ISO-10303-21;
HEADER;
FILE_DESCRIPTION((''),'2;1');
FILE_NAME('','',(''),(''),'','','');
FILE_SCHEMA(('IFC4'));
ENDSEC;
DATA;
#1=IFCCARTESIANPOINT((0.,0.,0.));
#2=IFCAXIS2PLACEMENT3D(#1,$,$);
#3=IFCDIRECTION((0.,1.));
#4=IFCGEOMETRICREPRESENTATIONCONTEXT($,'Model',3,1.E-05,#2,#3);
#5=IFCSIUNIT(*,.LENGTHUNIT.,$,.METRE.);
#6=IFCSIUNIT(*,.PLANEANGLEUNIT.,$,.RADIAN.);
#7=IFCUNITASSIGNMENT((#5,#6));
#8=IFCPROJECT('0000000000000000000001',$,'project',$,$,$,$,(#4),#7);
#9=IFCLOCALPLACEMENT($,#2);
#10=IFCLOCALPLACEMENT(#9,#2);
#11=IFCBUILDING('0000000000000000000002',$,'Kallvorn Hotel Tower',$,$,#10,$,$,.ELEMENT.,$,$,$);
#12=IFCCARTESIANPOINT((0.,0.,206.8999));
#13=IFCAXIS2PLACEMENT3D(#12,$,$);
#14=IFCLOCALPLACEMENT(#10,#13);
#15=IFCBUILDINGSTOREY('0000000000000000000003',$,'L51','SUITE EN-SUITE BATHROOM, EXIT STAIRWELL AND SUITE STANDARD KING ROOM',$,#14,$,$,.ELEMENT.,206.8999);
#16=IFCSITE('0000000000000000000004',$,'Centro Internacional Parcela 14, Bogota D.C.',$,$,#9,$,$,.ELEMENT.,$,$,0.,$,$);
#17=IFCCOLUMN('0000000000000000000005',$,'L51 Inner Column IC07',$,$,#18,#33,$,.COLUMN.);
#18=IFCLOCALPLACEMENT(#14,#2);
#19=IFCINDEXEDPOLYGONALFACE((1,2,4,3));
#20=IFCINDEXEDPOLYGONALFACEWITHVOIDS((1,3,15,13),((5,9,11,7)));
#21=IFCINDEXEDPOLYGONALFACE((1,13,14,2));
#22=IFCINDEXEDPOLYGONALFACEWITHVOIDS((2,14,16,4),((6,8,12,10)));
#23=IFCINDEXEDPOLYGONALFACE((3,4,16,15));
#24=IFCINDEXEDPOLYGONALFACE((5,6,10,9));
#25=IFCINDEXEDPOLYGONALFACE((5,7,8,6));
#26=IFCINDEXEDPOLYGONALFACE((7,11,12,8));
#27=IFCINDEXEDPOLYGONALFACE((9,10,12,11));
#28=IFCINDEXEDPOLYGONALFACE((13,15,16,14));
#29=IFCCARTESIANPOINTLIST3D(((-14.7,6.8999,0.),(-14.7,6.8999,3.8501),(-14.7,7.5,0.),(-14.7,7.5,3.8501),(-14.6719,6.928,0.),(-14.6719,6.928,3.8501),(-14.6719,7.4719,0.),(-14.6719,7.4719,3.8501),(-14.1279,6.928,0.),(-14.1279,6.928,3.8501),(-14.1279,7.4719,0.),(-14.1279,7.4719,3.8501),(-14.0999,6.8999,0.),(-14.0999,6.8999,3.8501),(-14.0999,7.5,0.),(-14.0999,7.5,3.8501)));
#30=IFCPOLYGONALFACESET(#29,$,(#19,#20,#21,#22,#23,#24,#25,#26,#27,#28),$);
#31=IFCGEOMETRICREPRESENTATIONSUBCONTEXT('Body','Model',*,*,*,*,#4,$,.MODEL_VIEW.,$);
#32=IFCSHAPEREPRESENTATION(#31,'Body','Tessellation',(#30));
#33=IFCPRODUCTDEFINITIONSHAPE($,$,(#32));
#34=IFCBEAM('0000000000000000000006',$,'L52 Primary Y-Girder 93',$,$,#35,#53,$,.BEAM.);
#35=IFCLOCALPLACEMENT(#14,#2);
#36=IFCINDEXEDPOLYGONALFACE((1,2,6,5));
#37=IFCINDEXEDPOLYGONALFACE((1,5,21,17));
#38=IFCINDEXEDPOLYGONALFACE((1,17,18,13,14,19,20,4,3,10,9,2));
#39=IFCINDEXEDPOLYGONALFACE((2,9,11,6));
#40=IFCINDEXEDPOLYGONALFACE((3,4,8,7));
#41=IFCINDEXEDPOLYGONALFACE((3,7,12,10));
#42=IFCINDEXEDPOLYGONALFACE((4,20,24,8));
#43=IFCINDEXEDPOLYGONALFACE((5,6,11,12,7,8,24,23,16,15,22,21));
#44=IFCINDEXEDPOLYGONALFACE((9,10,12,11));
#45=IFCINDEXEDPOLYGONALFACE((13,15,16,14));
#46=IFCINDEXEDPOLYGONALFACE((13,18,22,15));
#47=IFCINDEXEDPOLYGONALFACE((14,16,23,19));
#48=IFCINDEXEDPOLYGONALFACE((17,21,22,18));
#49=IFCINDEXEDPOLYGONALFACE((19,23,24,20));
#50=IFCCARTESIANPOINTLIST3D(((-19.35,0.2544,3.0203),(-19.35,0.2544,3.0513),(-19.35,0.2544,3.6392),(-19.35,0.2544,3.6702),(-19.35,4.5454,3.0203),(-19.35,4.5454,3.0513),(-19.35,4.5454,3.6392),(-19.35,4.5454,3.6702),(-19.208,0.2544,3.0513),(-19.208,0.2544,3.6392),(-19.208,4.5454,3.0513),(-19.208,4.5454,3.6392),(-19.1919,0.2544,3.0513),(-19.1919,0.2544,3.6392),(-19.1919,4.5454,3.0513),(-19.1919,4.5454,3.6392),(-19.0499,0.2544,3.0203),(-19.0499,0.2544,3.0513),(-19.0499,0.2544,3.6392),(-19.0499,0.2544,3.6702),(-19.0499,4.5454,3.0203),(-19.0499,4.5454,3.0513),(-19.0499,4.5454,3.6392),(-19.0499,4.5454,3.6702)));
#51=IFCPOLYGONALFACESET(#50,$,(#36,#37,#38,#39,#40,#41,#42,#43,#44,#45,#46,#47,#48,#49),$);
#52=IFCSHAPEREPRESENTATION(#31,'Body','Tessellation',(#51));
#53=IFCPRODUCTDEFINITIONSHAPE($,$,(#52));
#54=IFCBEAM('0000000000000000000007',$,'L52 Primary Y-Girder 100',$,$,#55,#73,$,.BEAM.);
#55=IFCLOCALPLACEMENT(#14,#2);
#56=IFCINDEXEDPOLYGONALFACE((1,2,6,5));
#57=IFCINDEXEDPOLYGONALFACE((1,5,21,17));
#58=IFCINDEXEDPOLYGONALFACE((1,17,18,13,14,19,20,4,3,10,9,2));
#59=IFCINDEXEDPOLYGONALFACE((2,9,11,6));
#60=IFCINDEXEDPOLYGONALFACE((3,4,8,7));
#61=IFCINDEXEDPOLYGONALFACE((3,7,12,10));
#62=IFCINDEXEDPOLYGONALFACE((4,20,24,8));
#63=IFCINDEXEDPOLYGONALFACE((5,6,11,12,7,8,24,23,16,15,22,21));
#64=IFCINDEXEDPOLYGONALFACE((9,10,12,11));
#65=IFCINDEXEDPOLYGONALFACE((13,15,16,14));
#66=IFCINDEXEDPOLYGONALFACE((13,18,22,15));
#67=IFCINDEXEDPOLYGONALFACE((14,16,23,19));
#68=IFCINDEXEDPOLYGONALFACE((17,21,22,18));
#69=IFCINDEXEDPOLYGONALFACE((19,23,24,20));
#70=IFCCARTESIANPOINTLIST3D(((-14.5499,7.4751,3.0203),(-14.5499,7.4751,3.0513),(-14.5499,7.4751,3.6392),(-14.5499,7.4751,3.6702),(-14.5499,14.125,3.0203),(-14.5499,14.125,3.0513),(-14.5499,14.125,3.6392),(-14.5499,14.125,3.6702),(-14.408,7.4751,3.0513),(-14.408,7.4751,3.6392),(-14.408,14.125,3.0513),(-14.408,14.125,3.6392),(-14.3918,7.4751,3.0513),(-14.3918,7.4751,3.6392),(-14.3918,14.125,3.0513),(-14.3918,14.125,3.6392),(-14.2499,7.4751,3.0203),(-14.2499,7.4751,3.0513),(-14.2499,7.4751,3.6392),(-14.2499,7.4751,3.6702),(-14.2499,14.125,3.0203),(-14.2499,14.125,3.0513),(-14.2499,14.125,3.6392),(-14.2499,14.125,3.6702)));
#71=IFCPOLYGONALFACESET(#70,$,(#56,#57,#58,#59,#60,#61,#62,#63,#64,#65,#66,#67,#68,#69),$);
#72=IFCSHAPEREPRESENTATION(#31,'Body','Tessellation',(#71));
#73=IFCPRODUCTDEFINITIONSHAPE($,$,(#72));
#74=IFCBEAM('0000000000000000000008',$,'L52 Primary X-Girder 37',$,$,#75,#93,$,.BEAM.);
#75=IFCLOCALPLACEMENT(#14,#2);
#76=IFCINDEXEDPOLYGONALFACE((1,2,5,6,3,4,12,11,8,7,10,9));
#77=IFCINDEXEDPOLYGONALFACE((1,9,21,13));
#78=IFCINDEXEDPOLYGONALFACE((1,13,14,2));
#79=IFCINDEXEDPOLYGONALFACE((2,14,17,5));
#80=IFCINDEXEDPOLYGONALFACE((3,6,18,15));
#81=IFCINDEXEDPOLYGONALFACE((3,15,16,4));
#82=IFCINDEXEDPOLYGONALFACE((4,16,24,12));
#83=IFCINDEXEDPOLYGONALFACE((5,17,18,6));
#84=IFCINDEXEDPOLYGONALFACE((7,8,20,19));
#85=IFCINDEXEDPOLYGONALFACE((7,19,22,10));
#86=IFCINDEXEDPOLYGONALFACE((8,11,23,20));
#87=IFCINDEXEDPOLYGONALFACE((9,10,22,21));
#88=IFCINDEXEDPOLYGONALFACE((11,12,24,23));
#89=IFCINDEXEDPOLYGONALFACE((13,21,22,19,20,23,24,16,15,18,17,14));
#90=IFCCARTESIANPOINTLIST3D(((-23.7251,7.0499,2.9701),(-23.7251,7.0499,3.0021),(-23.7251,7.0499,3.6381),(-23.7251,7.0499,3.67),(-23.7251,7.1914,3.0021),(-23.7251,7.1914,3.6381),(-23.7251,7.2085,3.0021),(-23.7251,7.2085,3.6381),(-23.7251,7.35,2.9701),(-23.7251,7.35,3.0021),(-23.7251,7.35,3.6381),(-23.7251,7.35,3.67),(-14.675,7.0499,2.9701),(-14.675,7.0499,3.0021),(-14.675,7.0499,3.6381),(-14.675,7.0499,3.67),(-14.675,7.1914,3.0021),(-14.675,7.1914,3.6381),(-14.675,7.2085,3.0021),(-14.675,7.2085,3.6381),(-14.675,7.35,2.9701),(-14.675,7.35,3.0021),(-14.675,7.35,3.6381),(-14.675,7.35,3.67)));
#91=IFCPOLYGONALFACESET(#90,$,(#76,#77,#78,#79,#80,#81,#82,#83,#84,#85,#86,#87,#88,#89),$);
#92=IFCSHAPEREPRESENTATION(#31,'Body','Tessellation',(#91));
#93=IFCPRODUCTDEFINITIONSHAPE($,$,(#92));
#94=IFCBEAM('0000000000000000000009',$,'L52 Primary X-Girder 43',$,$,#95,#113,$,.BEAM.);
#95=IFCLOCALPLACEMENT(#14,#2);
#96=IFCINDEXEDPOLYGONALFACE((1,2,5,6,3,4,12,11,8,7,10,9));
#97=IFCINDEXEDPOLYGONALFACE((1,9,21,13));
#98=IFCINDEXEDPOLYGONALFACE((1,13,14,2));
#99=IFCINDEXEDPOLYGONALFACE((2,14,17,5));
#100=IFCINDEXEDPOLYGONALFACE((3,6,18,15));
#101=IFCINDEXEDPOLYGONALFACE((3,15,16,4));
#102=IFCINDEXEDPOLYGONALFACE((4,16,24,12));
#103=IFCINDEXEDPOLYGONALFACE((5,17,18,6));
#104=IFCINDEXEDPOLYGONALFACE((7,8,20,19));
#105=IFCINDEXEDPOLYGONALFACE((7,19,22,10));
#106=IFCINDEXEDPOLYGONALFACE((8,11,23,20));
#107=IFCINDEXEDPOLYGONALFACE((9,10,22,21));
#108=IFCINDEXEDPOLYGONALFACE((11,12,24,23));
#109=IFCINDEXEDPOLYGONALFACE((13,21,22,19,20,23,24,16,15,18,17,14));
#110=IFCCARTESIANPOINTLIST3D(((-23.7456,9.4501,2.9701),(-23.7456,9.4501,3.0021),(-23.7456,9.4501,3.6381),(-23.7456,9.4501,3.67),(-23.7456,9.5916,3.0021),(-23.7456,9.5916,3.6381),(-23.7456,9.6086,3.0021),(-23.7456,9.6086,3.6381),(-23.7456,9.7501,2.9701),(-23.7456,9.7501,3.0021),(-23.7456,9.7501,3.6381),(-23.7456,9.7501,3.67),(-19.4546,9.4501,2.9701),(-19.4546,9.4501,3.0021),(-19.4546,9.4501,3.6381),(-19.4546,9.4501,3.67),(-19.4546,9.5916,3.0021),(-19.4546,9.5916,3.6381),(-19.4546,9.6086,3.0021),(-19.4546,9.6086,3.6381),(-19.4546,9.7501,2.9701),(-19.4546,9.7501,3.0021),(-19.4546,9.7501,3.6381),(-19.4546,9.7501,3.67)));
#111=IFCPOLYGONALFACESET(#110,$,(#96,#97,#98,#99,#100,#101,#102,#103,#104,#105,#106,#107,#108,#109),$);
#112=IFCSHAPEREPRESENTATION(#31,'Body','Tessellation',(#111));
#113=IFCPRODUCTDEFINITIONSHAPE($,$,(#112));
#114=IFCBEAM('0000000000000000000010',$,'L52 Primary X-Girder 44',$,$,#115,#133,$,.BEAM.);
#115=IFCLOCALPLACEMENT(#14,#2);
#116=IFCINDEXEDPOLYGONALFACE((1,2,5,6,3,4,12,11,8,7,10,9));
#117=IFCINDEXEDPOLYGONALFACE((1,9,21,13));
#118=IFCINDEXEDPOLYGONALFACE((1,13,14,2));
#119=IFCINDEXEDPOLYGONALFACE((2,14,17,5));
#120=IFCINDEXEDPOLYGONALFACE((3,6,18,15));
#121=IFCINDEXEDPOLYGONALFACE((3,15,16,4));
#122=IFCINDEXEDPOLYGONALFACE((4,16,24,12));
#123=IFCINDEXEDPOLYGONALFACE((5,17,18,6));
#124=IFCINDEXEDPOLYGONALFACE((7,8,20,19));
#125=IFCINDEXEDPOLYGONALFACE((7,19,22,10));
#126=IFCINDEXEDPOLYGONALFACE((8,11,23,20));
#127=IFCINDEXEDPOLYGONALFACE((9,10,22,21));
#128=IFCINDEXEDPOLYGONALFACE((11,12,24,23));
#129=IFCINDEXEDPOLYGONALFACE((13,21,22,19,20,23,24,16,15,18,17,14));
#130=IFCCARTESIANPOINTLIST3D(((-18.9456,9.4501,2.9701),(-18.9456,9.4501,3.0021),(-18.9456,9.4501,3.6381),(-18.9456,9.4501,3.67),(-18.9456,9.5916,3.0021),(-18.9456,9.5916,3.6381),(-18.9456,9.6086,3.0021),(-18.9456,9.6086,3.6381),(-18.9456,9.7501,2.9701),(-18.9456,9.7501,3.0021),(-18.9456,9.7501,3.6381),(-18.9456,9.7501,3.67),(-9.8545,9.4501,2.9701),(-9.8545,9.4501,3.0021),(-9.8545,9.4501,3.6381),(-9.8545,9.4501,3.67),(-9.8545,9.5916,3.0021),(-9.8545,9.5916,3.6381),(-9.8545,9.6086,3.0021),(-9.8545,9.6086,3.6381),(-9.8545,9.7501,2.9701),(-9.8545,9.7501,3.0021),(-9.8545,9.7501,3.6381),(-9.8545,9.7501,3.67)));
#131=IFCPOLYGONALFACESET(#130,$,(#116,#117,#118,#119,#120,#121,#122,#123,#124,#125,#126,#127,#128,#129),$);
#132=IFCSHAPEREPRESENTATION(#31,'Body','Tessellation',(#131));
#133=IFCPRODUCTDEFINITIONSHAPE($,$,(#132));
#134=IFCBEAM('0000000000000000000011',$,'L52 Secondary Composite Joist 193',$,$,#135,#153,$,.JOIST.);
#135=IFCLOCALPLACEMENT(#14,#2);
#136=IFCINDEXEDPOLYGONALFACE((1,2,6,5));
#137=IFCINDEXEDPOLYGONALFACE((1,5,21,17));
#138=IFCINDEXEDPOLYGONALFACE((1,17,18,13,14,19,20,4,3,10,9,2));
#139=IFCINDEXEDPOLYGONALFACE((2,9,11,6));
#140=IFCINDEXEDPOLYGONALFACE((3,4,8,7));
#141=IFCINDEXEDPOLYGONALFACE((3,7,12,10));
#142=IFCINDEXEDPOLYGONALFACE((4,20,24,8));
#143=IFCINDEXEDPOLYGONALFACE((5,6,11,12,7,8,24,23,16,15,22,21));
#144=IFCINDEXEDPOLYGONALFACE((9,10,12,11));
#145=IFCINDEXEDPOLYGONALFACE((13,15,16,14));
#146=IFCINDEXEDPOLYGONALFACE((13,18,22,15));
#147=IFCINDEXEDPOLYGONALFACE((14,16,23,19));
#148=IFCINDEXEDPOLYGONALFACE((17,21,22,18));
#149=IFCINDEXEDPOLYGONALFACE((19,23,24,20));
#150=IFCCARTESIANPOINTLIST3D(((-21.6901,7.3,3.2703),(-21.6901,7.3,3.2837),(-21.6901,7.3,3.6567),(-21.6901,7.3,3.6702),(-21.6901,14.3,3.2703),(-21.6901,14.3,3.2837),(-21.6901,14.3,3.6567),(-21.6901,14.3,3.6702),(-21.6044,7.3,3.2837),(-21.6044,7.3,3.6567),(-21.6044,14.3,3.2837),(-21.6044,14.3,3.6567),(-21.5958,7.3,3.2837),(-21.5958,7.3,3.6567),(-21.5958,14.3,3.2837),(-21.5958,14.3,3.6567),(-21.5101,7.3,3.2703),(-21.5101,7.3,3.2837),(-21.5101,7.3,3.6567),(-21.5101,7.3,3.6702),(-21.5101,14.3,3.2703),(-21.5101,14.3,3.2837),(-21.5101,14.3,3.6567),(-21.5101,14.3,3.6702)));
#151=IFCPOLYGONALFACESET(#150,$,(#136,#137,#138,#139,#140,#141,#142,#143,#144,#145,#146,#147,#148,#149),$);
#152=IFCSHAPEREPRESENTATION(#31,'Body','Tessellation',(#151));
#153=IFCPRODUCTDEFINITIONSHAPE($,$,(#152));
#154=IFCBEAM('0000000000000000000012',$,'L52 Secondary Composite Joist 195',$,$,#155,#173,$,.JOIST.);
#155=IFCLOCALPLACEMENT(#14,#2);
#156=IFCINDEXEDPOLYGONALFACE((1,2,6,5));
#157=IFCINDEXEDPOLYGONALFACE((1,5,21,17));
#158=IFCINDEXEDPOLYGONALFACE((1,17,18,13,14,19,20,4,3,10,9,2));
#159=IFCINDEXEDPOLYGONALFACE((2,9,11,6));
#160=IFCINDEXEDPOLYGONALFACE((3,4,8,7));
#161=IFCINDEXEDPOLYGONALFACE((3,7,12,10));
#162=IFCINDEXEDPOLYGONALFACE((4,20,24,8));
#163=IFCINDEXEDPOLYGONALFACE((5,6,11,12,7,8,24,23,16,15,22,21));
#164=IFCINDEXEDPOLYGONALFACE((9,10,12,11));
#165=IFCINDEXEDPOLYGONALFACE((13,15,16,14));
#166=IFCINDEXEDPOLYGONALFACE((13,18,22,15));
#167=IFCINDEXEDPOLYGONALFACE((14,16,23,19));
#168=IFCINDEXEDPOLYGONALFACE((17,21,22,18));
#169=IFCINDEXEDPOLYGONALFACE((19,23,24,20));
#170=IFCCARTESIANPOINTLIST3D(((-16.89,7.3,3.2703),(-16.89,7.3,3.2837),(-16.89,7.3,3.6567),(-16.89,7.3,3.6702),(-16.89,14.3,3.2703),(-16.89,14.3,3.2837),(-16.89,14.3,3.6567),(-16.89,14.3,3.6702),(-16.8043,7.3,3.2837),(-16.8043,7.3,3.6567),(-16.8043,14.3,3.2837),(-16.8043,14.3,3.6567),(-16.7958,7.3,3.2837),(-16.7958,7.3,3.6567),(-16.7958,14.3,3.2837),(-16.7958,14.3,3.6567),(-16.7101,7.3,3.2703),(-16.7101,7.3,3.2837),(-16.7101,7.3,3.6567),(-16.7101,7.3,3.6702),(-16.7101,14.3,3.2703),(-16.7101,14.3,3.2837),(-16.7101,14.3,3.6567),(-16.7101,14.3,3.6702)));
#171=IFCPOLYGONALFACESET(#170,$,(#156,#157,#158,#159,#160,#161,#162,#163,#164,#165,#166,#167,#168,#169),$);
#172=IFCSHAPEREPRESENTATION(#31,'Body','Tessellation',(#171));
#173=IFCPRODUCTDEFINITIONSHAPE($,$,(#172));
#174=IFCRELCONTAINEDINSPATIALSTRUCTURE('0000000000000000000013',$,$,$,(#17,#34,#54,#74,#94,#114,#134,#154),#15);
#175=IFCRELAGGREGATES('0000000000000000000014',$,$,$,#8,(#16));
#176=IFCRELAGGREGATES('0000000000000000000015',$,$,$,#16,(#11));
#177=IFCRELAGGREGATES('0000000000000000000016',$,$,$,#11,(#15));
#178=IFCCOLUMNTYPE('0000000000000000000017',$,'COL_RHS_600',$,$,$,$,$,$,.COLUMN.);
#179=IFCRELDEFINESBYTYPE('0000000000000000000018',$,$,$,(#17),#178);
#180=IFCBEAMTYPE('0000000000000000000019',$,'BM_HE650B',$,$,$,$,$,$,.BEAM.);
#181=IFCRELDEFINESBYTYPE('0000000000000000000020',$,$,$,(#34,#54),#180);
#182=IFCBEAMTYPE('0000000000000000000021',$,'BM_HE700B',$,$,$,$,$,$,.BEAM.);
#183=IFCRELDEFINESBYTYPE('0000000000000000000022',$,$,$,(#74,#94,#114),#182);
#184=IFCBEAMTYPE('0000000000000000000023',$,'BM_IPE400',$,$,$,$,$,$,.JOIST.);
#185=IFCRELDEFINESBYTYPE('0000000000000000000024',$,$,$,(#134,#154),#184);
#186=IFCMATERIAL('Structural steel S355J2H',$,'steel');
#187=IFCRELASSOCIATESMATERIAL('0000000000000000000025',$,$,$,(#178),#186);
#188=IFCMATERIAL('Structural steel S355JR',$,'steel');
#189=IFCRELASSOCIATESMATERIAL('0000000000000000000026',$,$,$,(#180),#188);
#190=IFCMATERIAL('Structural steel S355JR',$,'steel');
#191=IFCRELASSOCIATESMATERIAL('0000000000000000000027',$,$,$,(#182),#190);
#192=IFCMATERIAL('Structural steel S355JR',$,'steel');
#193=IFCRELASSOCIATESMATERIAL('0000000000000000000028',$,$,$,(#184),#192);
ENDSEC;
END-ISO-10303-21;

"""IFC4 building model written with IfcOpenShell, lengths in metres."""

from ifc_helpers import new_model, si_unit, direction, frame, origin, origin_2d, place, context, subcontext, project, spatial, hollow_rectangle, i_section, extrude, material, material_profile, profile_set, type_object, element, save


model = new_model("IFC4")

# Units and contexts
model_context = context("Model", 3, precision=1e-05, world=origin(), true_north=direction((0.0, 1.0)))
body_context = subcontext(model_context, "Body", "Model", "MODEL_VIEW")
ifc_project = project(units=[si_unit("LENGTHUNIT", "METRE"), si_unit("PLANEANGLEUNIT", "RADIAN")], contexts=[model_context])

# Site, building, storey
site_placement = place(None, origin())
site = spatial("IfcSite", under=ifc_project, at=site_placement, Name="Centro Internacional Parcela 14, Bogota D.C.", CompositionType="ELEMENT", RefElevation=0.0)
building_placement = place(site_placement, origin())
building = spatial("IfcBuilding", under=site, at=building_placement, Name="Kallvorn Hotel Tower", CompositionType="ELEMENT")
storey_placement = place(building_placement, frame((0.0, 0.0, 206.8999)))
storey = spatial("IfcBuildingStorey", under=building, at=storey_placement, Name="L51", Description="SUITE EN-SUITE BATHROOM, EXIT STAIRWELL AND SUITE STANDARD KING ROOM", CompositionType="ELEMENT", Elevation=206.8999)

# Column
ifc_material_1 = material(Name="Structural steel S355J2H", Category="steel")
ifc_material_profile_1 = material_profile(ifc_material_1, hollow_rectangle(XDim=0.6001, YDim=0.6001, WallThickness=0.0281, at=origin_2d()), Name="RHS 600x600x28")
ifc_profile_set_1 = profile_set([ifc_material_profile_1], Name="Structural steel S355J2H")
column_type_1 = type_object("IfcColumnType", Name="COL_RHS_600", PredefinedType="COLUMN", material=ifc_profile_set_1)
column_placement = place(storey_placement, frame((-14.3999, 7.2, 0.0), z_axis=(0.0, 0.0, 1.0), x_axis=(1.0, 0.0, 0.0)))
element("IfcColumn", 1, at=column_placement, inside=storey, type_object=column_type_1, Name="L51 Inner Column IC07", PredefinedType="COLUMN", context=body_context, shape_type="SweptSolid", body=[
    extrude(hollow_rectangle(XDim=0.6001, YDim=0.6001, WallThickness=0.0281, at=origin_2d()), origin(), (0.0, 0.0, 1.0), 3.8501),
])

# Beams
ifc_material_2 = material(Name="Structural steel S355JR", Category="steel")
ifc_material_profile_2 = material_profile(ifc_material_2, i_section(OverallWidth=0.3, OverallDepth=0.6499, WebThickness=0.0161, FlangeThickness=0.031, at=origin_2d()), Name="HE 650 B")
ifc_profile_set_2 = profile_set([ifc_material_profile_2], Name="Structural steel S355JR")
beam_type_1 = type_object("IfcBeamType", Name="BM_HE650B", PredefinedType="BEAM", material=ifc_profile_set_2)
beam_1_placement = place(storey_placement, frame((-19.2, 0.2544, 3.3452), z_axis=(0.0, 1.0, 0.0), x_axis=(-1.0, 0.0, 0.0)))
element("IfcBeam", 2, at=beam_1_placement, inside=storey, type_object=beam_type_1, Name="L52 Primary Y-Girder 93", PredefinedType="BEAM", context=body_context, shape_type="SweptSolid", body=[
    extrude(i_section(OverallWidth=0.3, OverallDepth=0.6499, WebThickness=0.0161, FlangeThickness=0.031, at=origin_2d()), origin(), (0.0, 0.0, 1.0), 4.291),
])
beam_2_placement = place(storey_placement, frame((-14.3999, 7.4751, 3.3452), z_axis=(0.0, 1.0, 0.0), x_axis=(-1.0, 0.0, 0.0)))
element("IfcBeam", 3, at=beam_2_placement, inside=storey, type_object=beam_type_1, Name="L52 Primary Y-Girder 100", PredefinedType="BEAM", context=body_context, shape_type="SweptSolid", body=[
    extrude(i_section(OverallWidth=0.3, OverallDepth=0.6499, WebThickness=0.0161, FlangeThickness=0.031, at=origin_2d()), origin(), (0.0, 0.0, 1.0), 6.6499),
])
ifc_material_3 = material(Name="Structural steel S355JR", Category="steel")
ifc_material_profile_3 = material_profile(ifc_material_3, i_section(OverallWidth=0.3, OverallDepth=0.7, WebThickness=0.0171, FlangeThickness=0.032, at=origin_2d()), Name="HE 700 B")
ifc_profile_set_3 = profile_set([ifc_material_profile_3], Name="Structural steel S355JR")
beam_type_2 = type_object("IfcBeamType", Name="BM_HE700B", PredefinedType="BEAM", material=ifc_profile_set_3)
beam_3_placement = place(storey_placement, frame((-23.7251, 7.2, 3.3201), z_axis=(1.0, 0.0, 0.0), x_axis=(0.0, 1.0, 0.0)))
element("IfcBeam", 4, at=beam_3_placement, inside=storey, type_object=beam_type_2, Name="L52 Primary X-Girder 37", PredefinedType="BEAM", context=body_context, shape_type="SweptSolid", body=[
    extrude(i_section(OverallWidth=0.3, OverallDepth=0.7, WebThickness=0.0171, FlangeThickness=0.032, at=origin_2d()), origin(), (0.0, 0.0, 1.0), 9.05),
])
beam_4_placement = place(storey_placement, frame((-23.7456, 9.6001, 3.3201), z_axis=(1.0, 0.0, 0.0), x_axis=(0.0, 1.0, 0.0)))
element("IfcBeam", 5, at=beam_4_placement, inside=storey, type_object=beam_type_2, Name="L52 Primary X-Girder 43", PredefinedType="BEAM", context=body_context, shape_type="SweptSolid", body=[
    extrude(i_section(OverallWidth=0.3, OverallDepth=0.7, WebThickness=0.0171, FlangeThickness=0.032, at=origin_2d()), origin(), (0.0, 0.0, 1.0), 4.291),
])
beam_5_placement = place(storey_placement, frame((-18.9456, 9.6001, 3.3201), z_axis=(1.0, 0.0, 0.0), x_axis=(0.0, 1.0, 0.0)))
element("IfcBeam", 6, at=beam_5_placement, inside=storey, type_object=beam_type_2, Name="L52 Primary X-Girder 44", PredefinedType="BEAM", context=body_context, shape_type="SweptSolid", body=[
    extrude(i_section(OverallWidth=0.3, OverallDepth=0.7, WebThickness=0.0171, FlangeThickness=0.032, at=origin_2d()), origin(), (0.0, 0.0, 1.0), 9.0911),
])
ifc_material_4 = material(Name="Structural steel S355JR", Category="steel")
ifc_material_profile_4 = material_profile(ifc_material_4, i_section(OverallWidth=0.1799, OverallDepth=0.3999, WebThickness=0.0085, FlangeThickness=0.0134, at=origin_2d()), Name="IPE 400")
ifc_profile_set_4 = profile_set([ifc_material_profile_4], Name="Structural steel S355JR")
beam_type_3 = type_object("IfcBeamType", Name="BM_IPE400", PredefinedType="JOIST", material=ifc_profile_set_4)
for number, where, z_axis, x_axis, name in (
    (7, (-21.6001, 7.3, 3.4702), (0.0, 1.0, 0.0), (-1.0, 0.0, 0.0), "L52 Secondary Composite Joist 193"),
    (8, (-16.8, 7.3, 3.4702), (0.0, 1.0, 0.0), (-1.0, 0.0, 0.0), "L52 Secondary Composite Joist 195"),
):
    element("IfcBeam", number, at=place(storey_placement, frame(where, z_axis=z_axis, x_axis=x_axis)), inside=storey, type_object=beam_type_3, Name=name, PredefinedType="JOIST", context=body_context, shape_type="SweptSolid", body=[
        extrude(i_section(OverallWidth=0.1799, OverallDepth=0.3999, WebThickness=0.0085, FlangeThickness=0.0134, at=origin_2d()), origin(), (0.0, 0.0, 1.0), 7.0),
    ])

save(model, "model.ifc")
